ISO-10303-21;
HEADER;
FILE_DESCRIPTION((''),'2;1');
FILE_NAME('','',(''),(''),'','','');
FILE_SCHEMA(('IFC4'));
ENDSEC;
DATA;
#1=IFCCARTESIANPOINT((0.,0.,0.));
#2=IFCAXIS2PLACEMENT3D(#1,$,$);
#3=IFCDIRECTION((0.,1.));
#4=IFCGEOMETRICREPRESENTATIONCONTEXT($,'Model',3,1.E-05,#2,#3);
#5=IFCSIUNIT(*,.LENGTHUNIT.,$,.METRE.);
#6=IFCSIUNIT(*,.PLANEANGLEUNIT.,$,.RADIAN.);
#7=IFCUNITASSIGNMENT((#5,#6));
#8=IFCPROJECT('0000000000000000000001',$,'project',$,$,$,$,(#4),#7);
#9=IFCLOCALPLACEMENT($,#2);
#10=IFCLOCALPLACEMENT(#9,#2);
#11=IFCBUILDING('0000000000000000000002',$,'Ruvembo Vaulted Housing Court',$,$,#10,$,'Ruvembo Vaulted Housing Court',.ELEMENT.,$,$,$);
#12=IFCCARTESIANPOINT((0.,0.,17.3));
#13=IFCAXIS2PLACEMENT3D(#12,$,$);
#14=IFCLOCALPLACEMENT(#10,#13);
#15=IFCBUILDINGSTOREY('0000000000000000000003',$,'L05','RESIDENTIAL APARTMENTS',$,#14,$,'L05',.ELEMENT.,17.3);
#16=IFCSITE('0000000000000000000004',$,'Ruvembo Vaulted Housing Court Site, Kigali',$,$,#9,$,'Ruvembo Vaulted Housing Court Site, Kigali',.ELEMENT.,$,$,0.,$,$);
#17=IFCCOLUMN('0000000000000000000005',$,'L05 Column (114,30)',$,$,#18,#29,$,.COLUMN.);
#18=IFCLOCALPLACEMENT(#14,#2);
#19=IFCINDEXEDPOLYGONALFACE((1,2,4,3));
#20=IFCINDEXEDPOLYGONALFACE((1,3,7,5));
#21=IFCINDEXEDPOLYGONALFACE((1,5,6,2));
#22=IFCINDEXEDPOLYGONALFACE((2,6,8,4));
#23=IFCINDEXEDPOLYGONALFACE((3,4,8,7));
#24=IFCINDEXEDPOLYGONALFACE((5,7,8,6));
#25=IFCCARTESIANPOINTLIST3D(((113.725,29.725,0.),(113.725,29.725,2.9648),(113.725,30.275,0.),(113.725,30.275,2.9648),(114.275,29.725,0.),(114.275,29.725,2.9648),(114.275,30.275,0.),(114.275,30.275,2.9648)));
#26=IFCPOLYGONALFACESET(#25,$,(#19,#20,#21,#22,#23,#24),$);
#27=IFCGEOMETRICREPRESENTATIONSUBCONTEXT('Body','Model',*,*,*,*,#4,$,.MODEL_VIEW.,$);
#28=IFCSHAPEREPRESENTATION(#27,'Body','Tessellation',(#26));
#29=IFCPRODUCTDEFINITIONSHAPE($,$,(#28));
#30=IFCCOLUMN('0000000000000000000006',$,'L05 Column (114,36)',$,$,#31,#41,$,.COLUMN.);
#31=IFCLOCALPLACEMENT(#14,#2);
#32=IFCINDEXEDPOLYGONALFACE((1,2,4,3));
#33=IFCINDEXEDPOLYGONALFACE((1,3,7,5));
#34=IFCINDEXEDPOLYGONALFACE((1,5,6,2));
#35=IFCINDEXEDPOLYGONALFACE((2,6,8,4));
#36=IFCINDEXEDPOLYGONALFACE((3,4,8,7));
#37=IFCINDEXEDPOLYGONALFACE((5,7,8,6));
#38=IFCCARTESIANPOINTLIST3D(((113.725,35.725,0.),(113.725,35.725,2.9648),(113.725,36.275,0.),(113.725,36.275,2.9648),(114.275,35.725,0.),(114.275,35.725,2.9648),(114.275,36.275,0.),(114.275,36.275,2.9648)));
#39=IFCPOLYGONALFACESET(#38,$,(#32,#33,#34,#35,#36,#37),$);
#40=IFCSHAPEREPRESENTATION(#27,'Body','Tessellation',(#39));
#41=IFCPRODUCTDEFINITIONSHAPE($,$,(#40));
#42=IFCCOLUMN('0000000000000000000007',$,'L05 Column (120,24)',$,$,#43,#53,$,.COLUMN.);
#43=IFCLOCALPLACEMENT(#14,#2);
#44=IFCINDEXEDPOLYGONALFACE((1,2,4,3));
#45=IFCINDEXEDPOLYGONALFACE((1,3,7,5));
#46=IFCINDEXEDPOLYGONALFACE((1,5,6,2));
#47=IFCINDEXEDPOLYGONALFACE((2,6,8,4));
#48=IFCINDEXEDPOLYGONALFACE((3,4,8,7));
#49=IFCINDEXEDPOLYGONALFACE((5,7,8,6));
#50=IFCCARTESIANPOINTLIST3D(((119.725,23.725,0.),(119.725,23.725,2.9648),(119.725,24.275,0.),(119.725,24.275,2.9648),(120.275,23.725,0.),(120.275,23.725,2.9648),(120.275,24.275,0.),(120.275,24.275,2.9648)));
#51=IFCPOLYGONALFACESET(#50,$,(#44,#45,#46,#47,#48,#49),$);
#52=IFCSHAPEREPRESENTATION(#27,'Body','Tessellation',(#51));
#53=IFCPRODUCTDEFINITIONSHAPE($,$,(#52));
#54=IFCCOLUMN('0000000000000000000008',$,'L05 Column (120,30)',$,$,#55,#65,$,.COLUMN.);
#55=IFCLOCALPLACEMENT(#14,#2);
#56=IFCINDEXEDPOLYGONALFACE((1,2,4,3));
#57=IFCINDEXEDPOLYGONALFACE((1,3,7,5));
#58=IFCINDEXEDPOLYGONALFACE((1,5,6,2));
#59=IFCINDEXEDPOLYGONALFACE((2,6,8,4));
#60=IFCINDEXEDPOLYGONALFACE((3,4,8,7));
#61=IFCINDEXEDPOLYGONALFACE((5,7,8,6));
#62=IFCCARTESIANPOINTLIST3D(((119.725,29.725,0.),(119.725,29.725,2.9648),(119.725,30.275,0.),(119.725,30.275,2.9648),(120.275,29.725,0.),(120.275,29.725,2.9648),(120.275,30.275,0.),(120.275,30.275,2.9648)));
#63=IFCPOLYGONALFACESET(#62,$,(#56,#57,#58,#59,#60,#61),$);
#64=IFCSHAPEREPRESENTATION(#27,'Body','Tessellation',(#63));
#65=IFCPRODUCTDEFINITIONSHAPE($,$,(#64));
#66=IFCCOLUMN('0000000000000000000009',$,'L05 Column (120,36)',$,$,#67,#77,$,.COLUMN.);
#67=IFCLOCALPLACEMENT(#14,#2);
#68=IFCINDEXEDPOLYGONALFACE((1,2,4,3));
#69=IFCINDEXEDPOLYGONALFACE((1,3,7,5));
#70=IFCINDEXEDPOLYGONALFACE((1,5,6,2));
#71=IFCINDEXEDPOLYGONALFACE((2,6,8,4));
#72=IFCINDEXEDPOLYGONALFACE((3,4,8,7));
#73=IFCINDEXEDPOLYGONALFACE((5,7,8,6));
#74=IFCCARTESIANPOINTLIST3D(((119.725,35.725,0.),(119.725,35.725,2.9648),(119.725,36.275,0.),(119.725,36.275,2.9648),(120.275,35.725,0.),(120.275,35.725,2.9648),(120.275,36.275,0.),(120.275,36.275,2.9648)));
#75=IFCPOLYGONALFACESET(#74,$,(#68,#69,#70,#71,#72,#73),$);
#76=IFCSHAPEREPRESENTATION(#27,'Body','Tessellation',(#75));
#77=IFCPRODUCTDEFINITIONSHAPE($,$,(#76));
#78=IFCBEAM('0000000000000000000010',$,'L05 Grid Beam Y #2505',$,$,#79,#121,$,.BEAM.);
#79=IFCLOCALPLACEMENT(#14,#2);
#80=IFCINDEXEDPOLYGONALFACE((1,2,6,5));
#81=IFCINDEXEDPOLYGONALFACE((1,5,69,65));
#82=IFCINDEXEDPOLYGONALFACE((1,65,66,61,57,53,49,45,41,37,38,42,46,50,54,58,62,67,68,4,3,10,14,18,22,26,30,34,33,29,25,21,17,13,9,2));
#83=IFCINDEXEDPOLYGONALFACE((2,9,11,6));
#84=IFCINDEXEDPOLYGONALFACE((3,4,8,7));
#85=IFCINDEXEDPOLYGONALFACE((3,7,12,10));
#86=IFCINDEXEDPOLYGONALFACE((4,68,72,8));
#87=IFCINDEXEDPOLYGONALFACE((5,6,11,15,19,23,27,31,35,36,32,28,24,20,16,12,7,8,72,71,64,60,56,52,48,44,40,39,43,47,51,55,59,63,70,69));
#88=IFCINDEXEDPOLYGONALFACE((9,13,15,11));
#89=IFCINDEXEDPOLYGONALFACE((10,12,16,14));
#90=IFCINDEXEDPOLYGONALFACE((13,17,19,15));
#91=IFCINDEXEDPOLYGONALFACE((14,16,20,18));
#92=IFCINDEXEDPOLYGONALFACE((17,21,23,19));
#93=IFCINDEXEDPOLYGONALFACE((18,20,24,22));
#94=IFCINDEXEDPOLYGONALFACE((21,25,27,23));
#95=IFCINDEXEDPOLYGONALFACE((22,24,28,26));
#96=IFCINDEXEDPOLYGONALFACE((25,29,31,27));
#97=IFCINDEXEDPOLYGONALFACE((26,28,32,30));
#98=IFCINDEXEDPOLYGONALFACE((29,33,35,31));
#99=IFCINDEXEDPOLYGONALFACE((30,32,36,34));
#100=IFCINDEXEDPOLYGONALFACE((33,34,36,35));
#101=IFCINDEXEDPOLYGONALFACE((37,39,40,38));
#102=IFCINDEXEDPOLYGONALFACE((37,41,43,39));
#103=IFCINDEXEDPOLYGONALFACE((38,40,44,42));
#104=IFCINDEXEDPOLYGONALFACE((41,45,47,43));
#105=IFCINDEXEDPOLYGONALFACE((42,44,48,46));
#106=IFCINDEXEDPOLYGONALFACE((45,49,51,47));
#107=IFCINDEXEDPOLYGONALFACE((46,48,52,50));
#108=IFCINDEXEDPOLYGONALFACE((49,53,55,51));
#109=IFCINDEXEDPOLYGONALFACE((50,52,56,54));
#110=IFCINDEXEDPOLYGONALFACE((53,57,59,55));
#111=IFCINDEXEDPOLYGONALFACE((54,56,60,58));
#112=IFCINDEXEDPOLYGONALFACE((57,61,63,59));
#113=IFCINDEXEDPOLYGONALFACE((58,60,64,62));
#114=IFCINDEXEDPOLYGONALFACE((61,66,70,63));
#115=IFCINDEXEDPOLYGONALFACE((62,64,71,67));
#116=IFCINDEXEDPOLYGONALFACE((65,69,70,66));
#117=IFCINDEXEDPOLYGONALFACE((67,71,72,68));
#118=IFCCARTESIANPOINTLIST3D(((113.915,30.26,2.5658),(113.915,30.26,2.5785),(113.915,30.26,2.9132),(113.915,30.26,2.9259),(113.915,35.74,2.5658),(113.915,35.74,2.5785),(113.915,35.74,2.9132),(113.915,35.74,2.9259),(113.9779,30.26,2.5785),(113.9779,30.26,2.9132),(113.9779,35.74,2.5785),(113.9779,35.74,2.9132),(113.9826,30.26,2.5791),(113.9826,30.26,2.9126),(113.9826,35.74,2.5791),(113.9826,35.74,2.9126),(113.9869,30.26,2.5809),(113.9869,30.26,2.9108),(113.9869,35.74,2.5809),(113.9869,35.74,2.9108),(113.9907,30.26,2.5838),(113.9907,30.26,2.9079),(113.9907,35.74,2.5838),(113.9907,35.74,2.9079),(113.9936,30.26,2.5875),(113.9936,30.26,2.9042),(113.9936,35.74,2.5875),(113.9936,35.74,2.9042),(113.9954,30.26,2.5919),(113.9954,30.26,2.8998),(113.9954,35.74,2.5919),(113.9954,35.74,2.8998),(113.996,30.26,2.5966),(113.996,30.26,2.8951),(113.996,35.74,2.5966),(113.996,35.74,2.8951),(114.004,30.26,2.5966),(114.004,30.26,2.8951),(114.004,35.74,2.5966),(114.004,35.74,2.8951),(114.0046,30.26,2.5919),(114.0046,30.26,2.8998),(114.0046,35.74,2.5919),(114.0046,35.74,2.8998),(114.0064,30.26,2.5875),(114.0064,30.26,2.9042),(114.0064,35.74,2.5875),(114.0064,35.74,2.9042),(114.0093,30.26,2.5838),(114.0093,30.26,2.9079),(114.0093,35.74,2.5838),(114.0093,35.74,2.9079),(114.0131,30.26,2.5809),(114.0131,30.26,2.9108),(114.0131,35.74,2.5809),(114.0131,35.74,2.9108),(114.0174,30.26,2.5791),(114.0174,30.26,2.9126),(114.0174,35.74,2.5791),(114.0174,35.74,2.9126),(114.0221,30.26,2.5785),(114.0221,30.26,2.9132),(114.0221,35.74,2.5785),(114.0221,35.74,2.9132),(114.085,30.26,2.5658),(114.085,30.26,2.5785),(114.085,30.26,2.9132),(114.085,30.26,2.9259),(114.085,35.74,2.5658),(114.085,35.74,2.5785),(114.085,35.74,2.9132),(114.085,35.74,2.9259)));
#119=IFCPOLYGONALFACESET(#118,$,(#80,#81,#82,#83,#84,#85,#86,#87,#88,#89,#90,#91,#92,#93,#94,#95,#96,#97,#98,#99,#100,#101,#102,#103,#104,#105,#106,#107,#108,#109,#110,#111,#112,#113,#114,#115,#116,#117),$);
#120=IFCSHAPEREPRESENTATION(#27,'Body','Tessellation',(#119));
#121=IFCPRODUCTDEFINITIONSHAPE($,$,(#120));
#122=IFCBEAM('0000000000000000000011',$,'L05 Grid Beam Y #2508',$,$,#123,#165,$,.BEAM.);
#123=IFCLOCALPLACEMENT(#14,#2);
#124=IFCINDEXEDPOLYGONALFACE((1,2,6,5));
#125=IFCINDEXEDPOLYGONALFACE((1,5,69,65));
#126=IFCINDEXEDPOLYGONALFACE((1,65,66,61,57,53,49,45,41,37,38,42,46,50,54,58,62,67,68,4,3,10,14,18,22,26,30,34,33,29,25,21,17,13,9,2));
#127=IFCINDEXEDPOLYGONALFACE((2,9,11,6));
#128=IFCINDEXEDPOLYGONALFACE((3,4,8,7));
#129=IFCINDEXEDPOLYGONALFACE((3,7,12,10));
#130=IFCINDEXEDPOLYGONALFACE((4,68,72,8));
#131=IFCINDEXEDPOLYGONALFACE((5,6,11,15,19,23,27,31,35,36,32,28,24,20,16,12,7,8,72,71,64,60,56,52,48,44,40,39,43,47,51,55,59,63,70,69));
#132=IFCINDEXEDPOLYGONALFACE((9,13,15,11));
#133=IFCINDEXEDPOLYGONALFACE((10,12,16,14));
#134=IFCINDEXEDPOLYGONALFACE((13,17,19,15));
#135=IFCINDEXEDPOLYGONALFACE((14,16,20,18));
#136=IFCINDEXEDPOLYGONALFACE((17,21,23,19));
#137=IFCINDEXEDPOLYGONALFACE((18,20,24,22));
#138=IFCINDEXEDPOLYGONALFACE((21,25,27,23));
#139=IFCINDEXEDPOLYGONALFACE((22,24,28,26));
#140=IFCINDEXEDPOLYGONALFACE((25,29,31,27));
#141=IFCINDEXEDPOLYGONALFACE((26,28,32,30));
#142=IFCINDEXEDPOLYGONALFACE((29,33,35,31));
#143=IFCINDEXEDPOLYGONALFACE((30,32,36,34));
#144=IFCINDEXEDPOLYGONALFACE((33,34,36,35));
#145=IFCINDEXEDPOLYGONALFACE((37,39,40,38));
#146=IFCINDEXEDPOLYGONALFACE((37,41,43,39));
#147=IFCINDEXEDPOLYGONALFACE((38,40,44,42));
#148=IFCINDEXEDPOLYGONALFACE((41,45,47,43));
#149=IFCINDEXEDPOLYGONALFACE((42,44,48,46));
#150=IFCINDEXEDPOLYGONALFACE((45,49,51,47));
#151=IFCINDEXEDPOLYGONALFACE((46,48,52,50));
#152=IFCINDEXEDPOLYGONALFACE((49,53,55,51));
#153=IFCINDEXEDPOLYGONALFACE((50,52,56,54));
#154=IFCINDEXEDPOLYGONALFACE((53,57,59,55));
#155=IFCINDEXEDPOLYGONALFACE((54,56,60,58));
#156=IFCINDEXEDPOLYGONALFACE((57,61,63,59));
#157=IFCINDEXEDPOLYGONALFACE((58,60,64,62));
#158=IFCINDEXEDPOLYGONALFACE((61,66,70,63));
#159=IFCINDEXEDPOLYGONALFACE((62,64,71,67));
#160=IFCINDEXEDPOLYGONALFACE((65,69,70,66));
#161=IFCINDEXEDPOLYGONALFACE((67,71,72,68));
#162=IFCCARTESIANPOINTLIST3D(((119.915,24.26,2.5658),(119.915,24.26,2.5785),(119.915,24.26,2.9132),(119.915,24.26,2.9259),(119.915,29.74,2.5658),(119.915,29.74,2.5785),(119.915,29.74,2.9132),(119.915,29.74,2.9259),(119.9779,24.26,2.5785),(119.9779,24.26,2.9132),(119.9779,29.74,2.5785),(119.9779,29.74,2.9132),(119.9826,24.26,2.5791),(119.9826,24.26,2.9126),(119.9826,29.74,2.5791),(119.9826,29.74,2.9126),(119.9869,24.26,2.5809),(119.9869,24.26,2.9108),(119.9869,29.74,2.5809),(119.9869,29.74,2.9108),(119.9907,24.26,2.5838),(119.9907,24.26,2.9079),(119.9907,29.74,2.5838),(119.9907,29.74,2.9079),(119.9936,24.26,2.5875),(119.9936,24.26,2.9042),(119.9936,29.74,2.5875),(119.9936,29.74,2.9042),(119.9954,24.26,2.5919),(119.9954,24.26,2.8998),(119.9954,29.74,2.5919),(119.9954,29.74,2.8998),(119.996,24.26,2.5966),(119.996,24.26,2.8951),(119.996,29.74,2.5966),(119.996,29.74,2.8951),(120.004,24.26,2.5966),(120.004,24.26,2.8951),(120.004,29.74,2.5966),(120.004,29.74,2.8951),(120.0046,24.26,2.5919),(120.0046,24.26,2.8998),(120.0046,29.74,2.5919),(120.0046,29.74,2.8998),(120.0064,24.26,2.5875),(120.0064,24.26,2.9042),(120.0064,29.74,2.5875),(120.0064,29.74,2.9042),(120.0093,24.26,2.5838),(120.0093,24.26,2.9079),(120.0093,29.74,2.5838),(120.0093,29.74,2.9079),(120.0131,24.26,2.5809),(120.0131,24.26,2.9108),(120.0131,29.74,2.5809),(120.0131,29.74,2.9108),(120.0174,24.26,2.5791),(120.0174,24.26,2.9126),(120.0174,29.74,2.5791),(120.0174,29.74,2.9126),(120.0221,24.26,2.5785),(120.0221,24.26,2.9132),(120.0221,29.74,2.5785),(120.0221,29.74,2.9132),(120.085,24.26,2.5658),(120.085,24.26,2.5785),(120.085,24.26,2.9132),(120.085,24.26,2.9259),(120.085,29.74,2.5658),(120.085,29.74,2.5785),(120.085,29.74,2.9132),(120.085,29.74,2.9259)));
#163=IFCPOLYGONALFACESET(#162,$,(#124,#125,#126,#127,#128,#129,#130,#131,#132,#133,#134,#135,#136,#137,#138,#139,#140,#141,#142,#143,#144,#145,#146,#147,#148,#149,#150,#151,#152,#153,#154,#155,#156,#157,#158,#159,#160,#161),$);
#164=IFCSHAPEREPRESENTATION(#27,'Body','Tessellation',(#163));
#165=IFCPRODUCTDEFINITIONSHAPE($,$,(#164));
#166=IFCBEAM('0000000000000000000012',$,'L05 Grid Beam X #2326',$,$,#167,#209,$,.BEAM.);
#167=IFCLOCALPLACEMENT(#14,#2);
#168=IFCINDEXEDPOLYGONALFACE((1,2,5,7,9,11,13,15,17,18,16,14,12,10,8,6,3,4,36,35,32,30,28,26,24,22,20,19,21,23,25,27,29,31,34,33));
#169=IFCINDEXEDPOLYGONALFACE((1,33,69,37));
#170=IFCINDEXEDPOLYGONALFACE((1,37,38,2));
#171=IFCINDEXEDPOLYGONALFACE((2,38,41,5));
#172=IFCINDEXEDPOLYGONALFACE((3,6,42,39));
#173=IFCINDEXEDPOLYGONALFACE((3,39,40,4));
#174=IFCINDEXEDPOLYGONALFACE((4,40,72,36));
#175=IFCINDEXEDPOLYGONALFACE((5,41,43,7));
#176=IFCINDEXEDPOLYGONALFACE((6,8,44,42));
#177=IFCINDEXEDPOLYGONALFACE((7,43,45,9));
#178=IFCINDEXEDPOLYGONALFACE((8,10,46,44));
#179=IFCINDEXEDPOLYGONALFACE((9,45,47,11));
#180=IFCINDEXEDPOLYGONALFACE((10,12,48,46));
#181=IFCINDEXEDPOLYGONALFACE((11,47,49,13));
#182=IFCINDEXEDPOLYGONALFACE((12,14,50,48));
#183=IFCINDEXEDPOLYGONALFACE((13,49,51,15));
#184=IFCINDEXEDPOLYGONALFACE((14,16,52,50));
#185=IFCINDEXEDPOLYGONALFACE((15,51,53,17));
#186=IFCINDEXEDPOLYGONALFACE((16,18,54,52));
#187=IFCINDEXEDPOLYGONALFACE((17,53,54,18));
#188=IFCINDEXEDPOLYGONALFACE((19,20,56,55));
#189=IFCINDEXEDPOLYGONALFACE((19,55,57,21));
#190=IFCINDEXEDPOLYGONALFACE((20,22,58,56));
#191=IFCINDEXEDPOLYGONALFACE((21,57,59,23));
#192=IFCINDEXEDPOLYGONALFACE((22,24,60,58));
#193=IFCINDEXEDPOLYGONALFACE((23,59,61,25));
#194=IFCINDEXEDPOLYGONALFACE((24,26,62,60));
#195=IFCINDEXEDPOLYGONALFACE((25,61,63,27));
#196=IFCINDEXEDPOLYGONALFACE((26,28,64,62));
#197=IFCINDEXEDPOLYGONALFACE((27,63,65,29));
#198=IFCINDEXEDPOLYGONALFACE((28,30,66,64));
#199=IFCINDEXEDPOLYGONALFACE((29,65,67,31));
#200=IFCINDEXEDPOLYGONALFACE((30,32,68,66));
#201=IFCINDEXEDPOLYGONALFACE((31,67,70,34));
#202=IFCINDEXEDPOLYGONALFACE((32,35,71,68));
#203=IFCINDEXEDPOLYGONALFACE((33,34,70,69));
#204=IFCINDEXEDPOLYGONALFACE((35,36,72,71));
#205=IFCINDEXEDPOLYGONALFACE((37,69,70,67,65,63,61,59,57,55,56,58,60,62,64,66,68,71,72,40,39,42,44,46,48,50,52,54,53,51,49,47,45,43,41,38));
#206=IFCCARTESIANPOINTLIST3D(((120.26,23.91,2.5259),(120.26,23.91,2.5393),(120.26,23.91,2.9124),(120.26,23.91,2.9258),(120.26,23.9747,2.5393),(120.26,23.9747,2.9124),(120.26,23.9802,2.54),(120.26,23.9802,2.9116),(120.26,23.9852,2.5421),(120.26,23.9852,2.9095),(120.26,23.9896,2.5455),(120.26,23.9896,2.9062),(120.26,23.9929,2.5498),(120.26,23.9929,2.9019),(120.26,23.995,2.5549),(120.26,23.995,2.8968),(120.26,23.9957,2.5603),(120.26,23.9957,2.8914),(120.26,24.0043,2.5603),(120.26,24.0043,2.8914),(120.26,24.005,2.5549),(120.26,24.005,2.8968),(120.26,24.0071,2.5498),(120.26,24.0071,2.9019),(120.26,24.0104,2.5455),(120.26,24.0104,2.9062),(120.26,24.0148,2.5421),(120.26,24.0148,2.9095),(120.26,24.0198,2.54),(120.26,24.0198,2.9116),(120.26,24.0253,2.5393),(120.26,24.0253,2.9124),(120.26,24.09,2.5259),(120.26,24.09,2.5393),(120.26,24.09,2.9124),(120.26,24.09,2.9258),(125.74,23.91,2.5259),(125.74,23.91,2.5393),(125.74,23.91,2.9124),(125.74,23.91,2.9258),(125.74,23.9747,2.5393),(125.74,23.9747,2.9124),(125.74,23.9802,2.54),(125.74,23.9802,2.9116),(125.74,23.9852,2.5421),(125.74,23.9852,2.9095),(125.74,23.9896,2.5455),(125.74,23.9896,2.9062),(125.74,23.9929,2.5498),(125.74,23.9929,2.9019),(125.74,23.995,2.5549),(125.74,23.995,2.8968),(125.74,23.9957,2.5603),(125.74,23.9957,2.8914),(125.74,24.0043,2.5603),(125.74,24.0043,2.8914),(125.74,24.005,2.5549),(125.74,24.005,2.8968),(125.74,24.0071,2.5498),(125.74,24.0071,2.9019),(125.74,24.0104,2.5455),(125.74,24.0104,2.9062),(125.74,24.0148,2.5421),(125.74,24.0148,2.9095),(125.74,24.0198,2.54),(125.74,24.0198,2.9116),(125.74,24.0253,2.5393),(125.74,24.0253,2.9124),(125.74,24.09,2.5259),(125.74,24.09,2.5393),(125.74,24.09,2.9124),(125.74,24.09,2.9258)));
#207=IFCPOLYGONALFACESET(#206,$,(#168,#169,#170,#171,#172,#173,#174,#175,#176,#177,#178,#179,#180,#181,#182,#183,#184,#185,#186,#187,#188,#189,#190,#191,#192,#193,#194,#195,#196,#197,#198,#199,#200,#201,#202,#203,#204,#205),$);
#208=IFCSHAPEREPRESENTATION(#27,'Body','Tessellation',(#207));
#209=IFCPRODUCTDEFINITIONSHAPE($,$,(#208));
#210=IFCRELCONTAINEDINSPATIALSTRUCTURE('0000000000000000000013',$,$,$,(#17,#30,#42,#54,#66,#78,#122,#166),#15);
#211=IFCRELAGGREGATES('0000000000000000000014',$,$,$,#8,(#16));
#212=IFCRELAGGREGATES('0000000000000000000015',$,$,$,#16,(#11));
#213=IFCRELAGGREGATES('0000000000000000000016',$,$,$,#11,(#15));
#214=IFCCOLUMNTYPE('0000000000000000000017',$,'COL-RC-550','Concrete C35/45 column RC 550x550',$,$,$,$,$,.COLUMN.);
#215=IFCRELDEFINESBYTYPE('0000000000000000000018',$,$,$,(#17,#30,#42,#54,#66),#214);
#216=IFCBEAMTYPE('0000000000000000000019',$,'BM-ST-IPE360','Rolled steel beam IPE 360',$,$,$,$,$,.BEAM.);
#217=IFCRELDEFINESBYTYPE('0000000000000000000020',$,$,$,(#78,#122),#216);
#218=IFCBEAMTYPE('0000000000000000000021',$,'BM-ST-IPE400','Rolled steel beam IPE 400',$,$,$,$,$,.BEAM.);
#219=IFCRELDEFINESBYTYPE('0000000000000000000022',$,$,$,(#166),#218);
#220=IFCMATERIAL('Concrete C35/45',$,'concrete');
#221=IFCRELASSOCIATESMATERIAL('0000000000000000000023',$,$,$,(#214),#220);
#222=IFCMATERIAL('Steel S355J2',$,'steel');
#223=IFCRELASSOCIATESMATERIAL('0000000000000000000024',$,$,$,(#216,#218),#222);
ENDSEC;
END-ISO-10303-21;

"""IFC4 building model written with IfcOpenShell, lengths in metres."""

from ifc_helpers import new_model, si_unit, direction, frame, origin, origin_2d, place, context, subcontext, project, spatial, rectangle, i_section, extrude, material, material_profile, profile_set, type_object, element, save


model = new_model("IFC4")

# Units and contexts
model_context = context("Model", 3, precision=1e-05, world=origin(), true_north=direction((0.0, 1.0)))
body_context = subcontext(model_context, "Body", "Model", "MODEL_VIEW")
ifc_project = project(units=[si_unit("LENGTHUNIT", "METRE"), si_unit("PLANEANGLEUNIT", "RADIAN")], contexts=[model_context])

# Site, building, storey
site_placement = place(None, origin())
site = spatial("IfcSite", under=ifc_project, at=site_placement, Name="Ruvembo Vaulted Housing Court Site, Kigali", LongName="Ruvembo Vaulted Housing Court Site, Kigali", CompositionType="ELEMENT", RefElevation=0.0)
building_placement = place(site_placement, origin())
building = spatial("IfcBuilding", under=site, at=building_placement, Name="Ruvembo Vaulted Housing Court", LongName="Ruvembo Vaulted Housing Court", CompositionType="ELEMENT")
storey_placement = place(building_placement, frame((0.0, 0.0, 17.3)))
storey = spatial("IfcBuildingStorey", under=building, at=storey_placement, Name="L05", Description="RESIDENTIAL APARTMENTS", LongName="L05", CompositionType="ELEMENT", Elevation=17.3)

# Columns
ifc_material_1 = material(Name="Concrete C35/45", Category="concrete")
ifc_material_profile_1 = material_profile(ifc_material_1, rectangle(XDim=0.55, YDim=0.55, at=origin_2d()), Name="RC 550x550")
ifc_profile_set_1 = profile_set([ifc_material_profile_1], Name="Concrete C35/45")
column_type = type_object("IfcColumnType", Name="COL-RC-550", Description="Concrete C35/45 column RC 550x550", PredefinedType="COLUMN", material=ifc_profile_set_1)
for number, where, z_axis, x_axis, name in (
    (1, (114.0, 30.0, 0.0), (0.0, 0.0, 1.0), (1.0, 0.0, 0.0), "L05 Column (114,30)"),
    (2, (114.0, 36.0, 0.0), (0.0, 0.0, 1.0), (1.0, 0.0, 0.0), "L05 Column (114,36)"),
    (3, (120.0, 24.0, 0.0), (0.0, 0.0, 1.0), (1.0, 0.0, 0.0), "L05 Column (120,24)"),
    (4, (120.0, 30.0, 0.0), (0.0, 0.0, 1.0), (1.0, 0.0, 0.0), "L05 Column (120,30)"),
    (5, (120.0, 36.0, 0.0), (0.0, 0.0, 1.0), (1.0, 0.0, 0.0), "L05 Column (120,36)"),
):
    element("IfcColumn", number, at=place(storey_placement, frame(where, z_axis=z_axis, x_axis=x_axis)), inside=storey, type_object=column_type, Name=name, PredefinedType="COLUMN", context=body_context, shape_type="SweptSolid", body=[
        extrude(rectangle(XDim=0.55, YDim=0.55, at=origin_2d()), origin(), (0.0, 0.0, 1.0), 2.9648),
    ])

# Beams
ifc_material_2 = material(Name="Steel S355J2", Category="steel")
ifc_material_profile_2 = material_profile(ifc_material_2, i_section(OverallWidth=0.1699, OverallDepth=0.3601, WebThickness=0.0081, FlangeThickness=0.0127, FilletRadius=0.0181, at=origin_2d()), Name="IPE 360")
ifc_profile_set_2 = profile_set([ifc_material_profile_2], Name="Steel S355J2")
beam_type_1 = type_object("IfcBeamType", Name="BM-ST-IPE360", Description="Rolled steel beam IPE 360", PredefinedType="BEAM", material=ifc_profile_set_2)
for number, where, z_axis, x_axis, name in (
    (6, (114.0, 30.26, 2.7458), (0.0, 1.0, 0.0), (-1.0, 0.0, 0.0), "L05 Grid Beam Y #2505"),
    (7, (120.0, 24.26, 2.7458), (0.0, 1.0, 0.0), (-1.0, 0.0, 0.0), "L05 Grid Beam Y #2508"),
):
    element("IfcBeam", number, at=place(storey_placement, frame(where, z_axis=z_axis, x_axis=x_axis)), inside=storey, type_object=beam_type_1, Name=name, PredefinedType="BEAM", context=body_context, shape_type="SweptSolid", body=[
        extrude(i_section(OverallWidth=0.1699, OverallDepth=0.3601, WebThickness=0.0081, FlangeThickness=0.0127, FilletRadius=0.0181, at=origin_2d()), origin(), (0.0, 0.0, 1.0), 5.48),
    ])
ifc_material_profile_3 = material_profile(ifc_material_2, i_section(OverallWidth=0.1799, OverallDepth=0.3999, WebThickness=0.0085, FlangeThickness=0.0134, FilletRadius=0.021, at=origin_2d()), Name="IPE 400")
ifc_profile_set_3 = profile_set([ifc_material_profile_3], Name="Steel S355J2")
beam_type_2 = type_object("IfcBeamType", Name="BM-ST-IPE400", Description="Rolled steel beam IPE 400", PredefinedType="BEAM", material=ifc_profile_set_3)
for number, where, z_axis, x_axis, name in (
    (8, (120.26, 24.0, 2.7258), (1.0, 0.0, 0.0), (0.0, 1.0, 0.0), "L05 Grid Beam X #2326"),
):
    element("IfcBeam", number, at=place(storey_placement, frame(where, z_axis=z_axis, x_axis=x_axis)), inside=storey, type_object=beam_type_2, Name=name, PredefinedType="BEAM", context=body_context, shape_type="SweptSolid", body=[
        extrude(i_section(OverallWidth=0.1799, OverallDepth=0.3999, WebThickness=0.0085, FlangeThickness=0.0134, FilletRadius=0.021, at=origin_2d()), origin(), (0.0, 0.0, 1.0), 5.48),
    ])

save(model, "model.ifc")
